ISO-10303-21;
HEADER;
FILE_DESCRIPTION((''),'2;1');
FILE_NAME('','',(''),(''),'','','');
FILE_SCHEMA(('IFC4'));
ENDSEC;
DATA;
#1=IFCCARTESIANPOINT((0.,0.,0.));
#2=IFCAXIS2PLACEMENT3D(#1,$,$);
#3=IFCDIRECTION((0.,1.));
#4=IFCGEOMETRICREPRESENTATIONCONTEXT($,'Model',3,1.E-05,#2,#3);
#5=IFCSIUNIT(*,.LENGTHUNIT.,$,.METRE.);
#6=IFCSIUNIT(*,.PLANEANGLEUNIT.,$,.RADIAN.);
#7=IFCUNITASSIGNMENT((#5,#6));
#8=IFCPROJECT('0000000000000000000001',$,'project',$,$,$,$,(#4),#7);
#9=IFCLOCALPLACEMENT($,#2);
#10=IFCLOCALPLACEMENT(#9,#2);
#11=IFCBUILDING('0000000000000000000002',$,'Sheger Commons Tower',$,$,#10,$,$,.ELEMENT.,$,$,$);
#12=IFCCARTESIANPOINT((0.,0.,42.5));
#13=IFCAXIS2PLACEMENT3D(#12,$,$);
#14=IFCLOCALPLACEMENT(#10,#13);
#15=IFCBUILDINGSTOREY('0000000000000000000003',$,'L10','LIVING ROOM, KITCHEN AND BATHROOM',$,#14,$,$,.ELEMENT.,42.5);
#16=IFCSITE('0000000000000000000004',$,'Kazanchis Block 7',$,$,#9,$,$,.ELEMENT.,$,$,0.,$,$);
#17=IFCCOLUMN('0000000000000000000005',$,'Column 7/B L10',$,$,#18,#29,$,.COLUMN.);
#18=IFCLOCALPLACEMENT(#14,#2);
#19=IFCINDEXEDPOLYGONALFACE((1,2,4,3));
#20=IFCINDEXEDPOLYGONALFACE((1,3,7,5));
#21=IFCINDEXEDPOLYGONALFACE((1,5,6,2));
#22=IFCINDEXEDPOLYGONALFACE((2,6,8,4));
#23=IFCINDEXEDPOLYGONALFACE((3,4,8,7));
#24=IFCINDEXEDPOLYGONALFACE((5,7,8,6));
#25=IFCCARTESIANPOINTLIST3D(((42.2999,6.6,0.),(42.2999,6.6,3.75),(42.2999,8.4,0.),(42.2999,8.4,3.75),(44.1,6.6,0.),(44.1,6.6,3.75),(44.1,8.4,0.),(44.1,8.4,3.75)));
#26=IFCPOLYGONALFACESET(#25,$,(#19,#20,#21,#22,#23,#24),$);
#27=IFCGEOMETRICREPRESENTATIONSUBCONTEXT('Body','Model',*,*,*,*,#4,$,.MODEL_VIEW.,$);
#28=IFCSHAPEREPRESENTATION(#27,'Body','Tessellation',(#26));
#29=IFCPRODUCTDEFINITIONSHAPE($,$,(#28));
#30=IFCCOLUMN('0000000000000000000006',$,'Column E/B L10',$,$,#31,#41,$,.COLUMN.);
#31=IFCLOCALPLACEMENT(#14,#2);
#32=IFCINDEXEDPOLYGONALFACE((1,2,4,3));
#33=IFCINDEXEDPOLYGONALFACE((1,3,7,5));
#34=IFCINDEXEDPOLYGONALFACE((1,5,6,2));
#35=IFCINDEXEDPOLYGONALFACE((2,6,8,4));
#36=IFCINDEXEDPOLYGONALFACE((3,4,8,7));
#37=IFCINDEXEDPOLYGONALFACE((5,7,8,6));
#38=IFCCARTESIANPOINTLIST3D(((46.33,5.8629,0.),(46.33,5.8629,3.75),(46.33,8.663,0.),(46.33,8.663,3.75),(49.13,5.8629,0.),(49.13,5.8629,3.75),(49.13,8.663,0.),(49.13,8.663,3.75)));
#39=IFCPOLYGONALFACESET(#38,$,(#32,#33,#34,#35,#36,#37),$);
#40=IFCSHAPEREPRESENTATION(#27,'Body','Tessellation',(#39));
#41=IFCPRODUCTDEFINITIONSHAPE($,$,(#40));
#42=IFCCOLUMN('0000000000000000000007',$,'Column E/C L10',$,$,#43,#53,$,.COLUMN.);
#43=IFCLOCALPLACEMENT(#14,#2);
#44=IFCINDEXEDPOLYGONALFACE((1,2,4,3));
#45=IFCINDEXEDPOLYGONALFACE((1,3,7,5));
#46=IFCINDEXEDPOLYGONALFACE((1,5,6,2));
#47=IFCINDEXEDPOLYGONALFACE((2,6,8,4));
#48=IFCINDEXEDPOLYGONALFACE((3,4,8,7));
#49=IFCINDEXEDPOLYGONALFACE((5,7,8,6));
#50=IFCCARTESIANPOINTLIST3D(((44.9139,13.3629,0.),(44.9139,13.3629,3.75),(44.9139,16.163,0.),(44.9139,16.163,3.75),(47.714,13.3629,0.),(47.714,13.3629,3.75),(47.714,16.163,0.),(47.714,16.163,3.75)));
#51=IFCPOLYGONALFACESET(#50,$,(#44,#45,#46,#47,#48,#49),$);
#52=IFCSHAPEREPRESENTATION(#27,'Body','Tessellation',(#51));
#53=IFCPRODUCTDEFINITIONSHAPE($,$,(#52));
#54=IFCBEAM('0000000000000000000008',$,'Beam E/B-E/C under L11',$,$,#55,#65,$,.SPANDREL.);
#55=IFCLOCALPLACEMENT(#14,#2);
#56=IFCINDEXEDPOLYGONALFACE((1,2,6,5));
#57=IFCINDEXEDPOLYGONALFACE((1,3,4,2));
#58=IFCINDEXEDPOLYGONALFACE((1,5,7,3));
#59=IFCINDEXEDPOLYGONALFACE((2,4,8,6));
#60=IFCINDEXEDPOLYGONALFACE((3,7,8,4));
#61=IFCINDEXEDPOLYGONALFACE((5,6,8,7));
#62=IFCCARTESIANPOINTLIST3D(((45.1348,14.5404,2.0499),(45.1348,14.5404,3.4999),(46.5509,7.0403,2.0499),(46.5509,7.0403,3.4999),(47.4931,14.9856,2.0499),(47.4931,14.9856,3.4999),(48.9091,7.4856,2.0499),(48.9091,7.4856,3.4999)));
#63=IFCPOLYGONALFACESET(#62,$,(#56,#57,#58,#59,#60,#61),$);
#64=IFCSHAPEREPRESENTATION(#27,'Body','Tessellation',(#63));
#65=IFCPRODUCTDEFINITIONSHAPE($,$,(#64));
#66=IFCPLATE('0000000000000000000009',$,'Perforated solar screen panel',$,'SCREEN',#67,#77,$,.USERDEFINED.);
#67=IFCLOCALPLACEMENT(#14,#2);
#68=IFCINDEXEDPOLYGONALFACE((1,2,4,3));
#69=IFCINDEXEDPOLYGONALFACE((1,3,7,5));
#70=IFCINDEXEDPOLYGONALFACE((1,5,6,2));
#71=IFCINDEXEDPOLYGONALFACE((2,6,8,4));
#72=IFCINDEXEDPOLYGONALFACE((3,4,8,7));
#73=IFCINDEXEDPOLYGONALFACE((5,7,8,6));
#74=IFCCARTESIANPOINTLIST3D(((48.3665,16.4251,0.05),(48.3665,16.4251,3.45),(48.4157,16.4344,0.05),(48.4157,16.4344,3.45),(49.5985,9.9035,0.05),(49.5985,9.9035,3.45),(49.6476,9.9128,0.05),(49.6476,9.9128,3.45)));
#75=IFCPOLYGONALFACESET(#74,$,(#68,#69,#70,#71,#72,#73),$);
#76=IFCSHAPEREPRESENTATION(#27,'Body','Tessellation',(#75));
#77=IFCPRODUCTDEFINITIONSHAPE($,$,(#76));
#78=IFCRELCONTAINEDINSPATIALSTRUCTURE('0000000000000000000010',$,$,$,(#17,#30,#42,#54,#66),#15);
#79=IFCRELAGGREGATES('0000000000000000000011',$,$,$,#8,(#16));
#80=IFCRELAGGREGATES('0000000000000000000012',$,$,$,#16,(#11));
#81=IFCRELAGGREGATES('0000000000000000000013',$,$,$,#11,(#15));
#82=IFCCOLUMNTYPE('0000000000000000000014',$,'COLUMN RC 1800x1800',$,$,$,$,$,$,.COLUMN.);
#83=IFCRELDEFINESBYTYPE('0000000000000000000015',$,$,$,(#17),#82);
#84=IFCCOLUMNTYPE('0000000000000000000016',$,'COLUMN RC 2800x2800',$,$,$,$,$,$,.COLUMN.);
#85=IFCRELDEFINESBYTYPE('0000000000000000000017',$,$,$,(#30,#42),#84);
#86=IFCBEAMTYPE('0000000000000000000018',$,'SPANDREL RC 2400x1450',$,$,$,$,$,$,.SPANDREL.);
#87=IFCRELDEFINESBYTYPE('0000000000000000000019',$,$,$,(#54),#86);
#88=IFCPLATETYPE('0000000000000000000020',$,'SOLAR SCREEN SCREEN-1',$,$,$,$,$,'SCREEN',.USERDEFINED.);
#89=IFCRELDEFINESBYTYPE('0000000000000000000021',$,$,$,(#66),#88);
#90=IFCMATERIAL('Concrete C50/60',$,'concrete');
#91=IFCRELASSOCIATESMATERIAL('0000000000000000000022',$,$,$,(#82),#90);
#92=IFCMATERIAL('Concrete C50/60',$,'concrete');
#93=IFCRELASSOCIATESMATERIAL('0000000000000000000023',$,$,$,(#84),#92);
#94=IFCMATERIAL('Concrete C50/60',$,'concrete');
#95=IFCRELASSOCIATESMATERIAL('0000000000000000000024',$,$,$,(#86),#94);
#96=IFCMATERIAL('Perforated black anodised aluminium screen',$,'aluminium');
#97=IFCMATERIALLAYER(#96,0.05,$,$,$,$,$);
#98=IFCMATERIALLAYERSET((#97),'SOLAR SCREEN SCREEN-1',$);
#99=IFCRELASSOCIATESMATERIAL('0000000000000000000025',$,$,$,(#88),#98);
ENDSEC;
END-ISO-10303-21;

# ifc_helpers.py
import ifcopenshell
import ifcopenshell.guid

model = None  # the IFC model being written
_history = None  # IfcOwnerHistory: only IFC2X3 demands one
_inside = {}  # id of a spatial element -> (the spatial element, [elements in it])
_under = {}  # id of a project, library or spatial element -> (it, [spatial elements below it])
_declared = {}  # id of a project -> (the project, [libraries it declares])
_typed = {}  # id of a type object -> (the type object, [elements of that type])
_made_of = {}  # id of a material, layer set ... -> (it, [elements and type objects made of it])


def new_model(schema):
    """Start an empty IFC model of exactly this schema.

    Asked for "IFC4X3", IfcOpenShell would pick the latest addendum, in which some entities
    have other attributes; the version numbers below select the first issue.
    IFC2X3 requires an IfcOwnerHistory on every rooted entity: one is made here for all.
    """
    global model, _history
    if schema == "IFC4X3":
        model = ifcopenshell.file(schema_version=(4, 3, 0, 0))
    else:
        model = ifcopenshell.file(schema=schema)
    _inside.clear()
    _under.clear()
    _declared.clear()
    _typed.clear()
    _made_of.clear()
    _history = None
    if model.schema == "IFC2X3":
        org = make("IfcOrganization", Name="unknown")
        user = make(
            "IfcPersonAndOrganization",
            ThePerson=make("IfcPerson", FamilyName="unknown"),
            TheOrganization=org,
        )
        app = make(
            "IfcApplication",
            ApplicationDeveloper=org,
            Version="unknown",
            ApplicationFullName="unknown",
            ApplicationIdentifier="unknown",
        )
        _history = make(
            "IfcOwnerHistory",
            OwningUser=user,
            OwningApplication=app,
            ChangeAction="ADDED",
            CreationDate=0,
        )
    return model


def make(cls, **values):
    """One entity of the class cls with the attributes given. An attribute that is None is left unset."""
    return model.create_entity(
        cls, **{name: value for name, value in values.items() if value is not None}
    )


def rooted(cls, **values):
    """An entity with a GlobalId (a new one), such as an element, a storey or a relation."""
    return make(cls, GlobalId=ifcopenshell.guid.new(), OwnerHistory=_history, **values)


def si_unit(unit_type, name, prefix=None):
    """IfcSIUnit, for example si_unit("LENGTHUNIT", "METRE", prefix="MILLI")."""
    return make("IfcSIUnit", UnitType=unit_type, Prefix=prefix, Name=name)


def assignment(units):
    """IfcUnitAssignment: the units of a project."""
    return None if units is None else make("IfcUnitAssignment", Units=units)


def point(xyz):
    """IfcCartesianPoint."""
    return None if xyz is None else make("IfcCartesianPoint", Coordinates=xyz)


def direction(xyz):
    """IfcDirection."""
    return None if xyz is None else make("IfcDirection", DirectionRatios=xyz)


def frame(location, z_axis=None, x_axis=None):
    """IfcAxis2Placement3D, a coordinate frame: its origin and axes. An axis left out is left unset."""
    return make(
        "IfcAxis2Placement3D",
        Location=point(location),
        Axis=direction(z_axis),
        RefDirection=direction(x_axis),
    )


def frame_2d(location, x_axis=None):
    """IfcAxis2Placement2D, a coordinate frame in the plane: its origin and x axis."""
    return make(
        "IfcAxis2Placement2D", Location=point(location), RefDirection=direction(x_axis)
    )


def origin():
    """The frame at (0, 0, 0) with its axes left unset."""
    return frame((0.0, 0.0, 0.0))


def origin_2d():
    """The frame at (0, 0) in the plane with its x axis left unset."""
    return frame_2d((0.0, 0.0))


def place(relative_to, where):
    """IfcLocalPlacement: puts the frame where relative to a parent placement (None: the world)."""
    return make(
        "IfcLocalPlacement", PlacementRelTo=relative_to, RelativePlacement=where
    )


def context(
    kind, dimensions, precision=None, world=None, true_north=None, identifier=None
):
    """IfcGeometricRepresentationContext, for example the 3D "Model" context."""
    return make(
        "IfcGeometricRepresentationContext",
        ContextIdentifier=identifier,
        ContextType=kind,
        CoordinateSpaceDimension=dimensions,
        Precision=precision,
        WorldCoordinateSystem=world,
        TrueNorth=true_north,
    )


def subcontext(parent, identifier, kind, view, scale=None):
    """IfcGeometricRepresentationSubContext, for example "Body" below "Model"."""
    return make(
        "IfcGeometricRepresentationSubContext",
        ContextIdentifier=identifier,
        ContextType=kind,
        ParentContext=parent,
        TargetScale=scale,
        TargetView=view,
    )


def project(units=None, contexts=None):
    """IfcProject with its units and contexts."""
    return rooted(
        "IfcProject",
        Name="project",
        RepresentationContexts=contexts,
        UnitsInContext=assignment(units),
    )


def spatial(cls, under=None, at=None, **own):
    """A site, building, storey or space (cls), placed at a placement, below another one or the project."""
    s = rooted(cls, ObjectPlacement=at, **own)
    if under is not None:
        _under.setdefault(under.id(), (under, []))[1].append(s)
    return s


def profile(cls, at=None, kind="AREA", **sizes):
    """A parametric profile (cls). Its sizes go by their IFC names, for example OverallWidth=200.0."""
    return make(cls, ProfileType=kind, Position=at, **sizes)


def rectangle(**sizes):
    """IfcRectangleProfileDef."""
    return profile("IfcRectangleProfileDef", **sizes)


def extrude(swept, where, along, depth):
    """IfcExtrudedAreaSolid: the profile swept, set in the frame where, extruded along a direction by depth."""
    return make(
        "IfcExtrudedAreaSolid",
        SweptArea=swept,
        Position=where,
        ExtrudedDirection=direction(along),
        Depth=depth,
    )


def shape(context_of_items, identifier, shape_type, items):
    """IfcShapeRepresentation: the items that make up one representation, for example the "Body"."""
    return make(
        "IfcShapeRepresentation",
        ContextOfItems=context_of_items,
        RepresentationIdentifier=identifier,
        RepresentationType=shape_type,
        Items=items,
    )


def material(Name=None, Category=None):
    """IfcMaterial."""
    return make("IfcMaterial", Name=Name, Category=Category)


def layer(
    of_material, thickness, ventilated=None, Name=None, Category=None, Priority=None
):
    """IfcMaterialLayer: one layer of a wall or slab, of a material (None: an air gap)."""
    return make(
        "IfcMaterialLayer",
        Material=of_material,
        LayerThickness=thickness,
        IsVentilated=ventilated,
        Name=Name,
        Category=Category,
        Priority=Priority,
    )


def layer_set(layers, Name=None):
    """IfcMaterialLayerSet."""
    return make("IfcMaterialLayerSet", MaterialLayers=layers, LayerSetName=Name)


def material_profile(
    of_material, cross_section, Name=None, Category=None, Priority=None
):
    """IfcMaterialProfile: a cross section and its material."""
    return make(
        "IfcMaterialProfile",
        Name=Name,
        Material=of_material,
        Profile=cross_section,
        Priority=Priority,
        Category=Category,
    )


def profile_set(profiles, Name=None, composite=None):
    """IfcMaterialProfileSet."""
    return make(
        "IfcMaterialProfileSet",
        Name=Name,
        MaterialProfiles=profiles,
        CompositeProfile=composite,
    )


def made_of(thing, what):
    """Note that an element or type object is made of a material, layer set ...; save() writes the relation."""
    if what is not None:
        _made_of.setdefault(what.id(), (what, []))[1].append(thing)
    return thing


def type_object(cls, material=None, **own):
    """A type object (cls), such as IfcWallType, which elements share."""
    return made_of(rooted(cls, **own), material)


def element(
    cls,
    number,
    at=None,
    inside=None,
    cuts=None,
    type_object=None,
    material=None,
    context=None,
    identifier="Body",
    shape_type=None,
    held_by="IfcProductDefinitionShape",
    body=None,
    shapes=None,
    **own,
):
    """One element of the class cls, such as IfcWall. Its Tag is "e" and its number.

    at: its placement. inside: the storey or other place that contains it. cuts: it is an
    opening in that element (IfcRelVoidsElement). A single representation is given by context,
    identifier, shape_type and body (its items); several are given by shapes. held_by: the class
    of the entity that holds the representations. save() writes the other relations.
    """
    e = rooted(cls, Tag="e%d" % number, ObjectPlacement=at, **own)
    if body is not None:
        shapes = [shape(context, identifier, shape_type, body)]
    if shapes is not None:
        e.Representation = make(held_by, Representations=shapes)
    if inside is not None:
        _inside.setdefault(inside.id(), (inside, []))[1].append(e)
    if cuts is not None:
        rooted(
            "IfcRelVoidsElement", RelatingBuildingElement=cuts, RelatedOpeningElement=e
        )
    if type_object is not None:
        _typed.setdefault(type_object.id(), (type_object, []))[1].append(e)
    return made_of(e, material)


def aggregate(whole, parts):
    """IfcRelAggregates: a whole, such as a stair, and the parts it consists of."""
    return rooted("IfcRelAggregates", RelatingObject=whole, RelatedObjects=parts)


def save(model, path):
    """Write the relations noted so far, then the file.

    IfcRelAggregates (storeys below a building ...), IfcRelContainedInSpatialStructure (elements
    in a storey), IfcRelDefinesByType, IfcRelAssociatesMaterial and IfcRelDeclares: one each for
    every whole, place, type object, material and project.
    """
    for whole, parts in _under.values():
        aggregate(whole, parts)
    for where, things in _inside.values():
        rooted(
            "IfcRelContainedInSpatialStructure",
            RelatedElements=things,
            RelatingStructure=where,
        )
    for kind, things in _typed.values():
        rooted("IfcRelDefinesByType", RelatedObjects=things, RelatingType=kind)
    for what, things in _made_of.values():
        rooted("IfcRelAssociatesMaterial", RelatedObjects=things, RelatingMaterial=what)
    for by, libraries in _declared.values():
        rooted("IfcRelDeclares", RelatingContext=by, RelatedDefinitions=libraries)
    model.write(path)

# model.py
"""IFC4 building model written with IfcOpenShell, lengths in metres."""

from ifc_helpers import new_model, si_unit, direction, frame, origin, origin_2d, place, context, subcontext, project, spatial, rectangle, extrude, material, layer, layer_set, material_profile, profile_set, type_object, element, save


model = new_model("IFC4")

# Units and contexts
model_context = context("Model", 3, precision=1e-05, world=origin(), true_north=direction((0.0, 1.0)))
body_context = subcontext(model_context, "Body", "Model", "MODEL_VIEW")
ifc_project = project(units=[si_unit("LENGTHUNIT", "METRE"), si_unit("PLANEANGLEUNIT", "RADIAN")], contexts=[model_context])

# Site, building, storey
site_placement = place(None, origin())
site = spatial("IfcSite", under=ifc_project, at=site_placement, Name="Kazanchis Block 7", CompositionType="ELEMENT", RefElevation=0.0)
building_placement = place(site_placement, origin())
building = spatial("IfcBuilding", under=site, at=building_placement, Name="Sheger Commons Tower", CompositionType="ELEMENT")
storey_placement = place(building_placement, frame((0.0, 0.0, 42.5)))
storey = spatial("IfcBuildingStorey", under=building, at=storey_placement, Name="L10", Description="LIVING ROOM, KITCHEN AND BATHROOM", CompositionType="ELEMENT", Elevation=42.5)

# Columns
ifc_material_1 = material(Name="Concrete C50/60", Category="concrete")
ifc_material_profile_1 = material_profile(ifc_material_1, rectangle(XDim=1.8, YDim=1.8, at=origin_2d()), Name="RC 1800x1800")
ifc_profile_set_1 = profile_set([ifc_material_profile_1], Name="Concrete C50/60")
column_type_1 = type_object("IfcColumnType", Name="COLUMN RC 1800x1800", PredefinedType="COLUMN", material=ifc_profile_set_1)
column_placement = place(storey_placement, frame((43.2, 7.5, 0.0), z_axis=(0.0, 0.0, 1.0), x_axis=(1.0, 0.0, 0.0)))
element("IfcColumn", 1, at=column_placement, inside=storey, type_object=column_type_1, Name="Column 7/B L10", PredefinedType="COLUMN", context=body_context, shape_type="SweptSolid", body=[
    extrude(rectangle(XDim=1.8, YDim=1.8, at=origin_2d()), origin(), (0.0, 0.0, 1.0), 3.75),
])
ifc_material_2 = material(Name="Concrete C50/60", Category="concrete")
ifc_material_profile_2 = material_profile(ifc_material_2, rectangle(XDim=2.8, YDim=2.8, at=origin_2d()), Name="RC 2800x2800")
ifc_profile_set_2 = profile_set([ifc_material_profile_2], Name="Concrete C50/60")
column_type_2 = type_object("IfcColumnType", Name="COLUMN RC 2800x2800", PredefinedType="COLUMN", material=ifc_profile_set_2)
for number, where, z_axis, x_axis, name in (
    (2, (47.73, 7.2629, 0.0), (0.0, 0.0, 1.0), (1.0, 0.0, 0.0), "Column E/B L10"),
    (3, (46.314, 14.7629, 0.0), (0.0, 0.0, 1.0), (1.0, 0.0, 0.0), "Column E/C L10"),
):
    element("IfcColumn", number, at=place(storey_placement, frame(where, z_axis=z_axis, x_axis=x_axis)), inside=storey, type_object=column_type_2, Name=name, PredefinedType="COLUMN", context=body_context, shape_type="SweptSolid", body=[
        extrude(rectangle(XDim=2.8, YDim=2.8, at=origin_2d()), origin(), (0.0, 0.0, 1.0), 3.75),
    ])

# Beam
ifc_material_3 = material(Name="Concrete C50/60", Category="concrete")
ifc_material_profile_3 = material_profile(ifc_material_3, rectangle(XDim=2.3999, YDim=1.45, at=origin_2d()), Name="RC 2400x1450")
ifc_profile_set_3 = profile_set([ifc_material_profile_3], Name="Concrete C50/60")
beam_type = type_object("IfcBeamType", Name="SPANDREL RC 2400x1450", PredefinedType="SPANDREL", material=ifc_profile_set_3)
beam_placement = place(storey_placement, frame((47.73, 7.2629, 2.7749), z_axis=(-0.185524, 0.98264, 0.0), x_axis=(-0.98264, -0.185524, 0.0)))
element("IfcBeam", 4, at=beam_placement, inside=storey, type_object=beam_type, Name="Beam E/B-E/C under L11", PredefinedType="SPANDREL", context=body_context, shape_type="SweptSolid", body=[
    extrude(rectangle(XDim=2.3999, YDim=1.45, at=origin_2d()), origin(), (0.0, 0.0, 1.0), 7.6326),
])

# Plate
ifc_material_4 = material(Name="Perforated black anodised aluminium screen", Category="aluminium")
ifc_layer_1 = layer(ifc_material_4, 0.05)
ifc_layer_set_1 = layer_set([ifc_layer_1], Name="SOLAR SCREEN SCREEN-1")
plate_type = type_object("IfcPlateType", Name="SOLAR SCREEN SCREEN-1", ElementType="SCREEN", PredefinedType="USERDEFINED", material=ifc_layer_set_1)
plate_placement = place(storey_placement, frame((49.0071, 13.1689, 0.05), z_axis=(0.0, 0.0, 1.0), x_axis=(-0.185615, 0.982623, 0.0)))
element("IfcPlate", 5, at=plate_placement, inside=storey, type_object=plate_type, Name="Perforated solar screen panel", ObjectType="SCREEN", PredefinedType="USERDEFINED", context=body_context, shape_type="SweptSolid", body=[
    extrude(rectangle(XDim=6.637, YDim=0.05, at=origin_2d()), origin(), (0.0, 0.0, 1.0), 3.3999),
])

save(model, "model.ifc")
